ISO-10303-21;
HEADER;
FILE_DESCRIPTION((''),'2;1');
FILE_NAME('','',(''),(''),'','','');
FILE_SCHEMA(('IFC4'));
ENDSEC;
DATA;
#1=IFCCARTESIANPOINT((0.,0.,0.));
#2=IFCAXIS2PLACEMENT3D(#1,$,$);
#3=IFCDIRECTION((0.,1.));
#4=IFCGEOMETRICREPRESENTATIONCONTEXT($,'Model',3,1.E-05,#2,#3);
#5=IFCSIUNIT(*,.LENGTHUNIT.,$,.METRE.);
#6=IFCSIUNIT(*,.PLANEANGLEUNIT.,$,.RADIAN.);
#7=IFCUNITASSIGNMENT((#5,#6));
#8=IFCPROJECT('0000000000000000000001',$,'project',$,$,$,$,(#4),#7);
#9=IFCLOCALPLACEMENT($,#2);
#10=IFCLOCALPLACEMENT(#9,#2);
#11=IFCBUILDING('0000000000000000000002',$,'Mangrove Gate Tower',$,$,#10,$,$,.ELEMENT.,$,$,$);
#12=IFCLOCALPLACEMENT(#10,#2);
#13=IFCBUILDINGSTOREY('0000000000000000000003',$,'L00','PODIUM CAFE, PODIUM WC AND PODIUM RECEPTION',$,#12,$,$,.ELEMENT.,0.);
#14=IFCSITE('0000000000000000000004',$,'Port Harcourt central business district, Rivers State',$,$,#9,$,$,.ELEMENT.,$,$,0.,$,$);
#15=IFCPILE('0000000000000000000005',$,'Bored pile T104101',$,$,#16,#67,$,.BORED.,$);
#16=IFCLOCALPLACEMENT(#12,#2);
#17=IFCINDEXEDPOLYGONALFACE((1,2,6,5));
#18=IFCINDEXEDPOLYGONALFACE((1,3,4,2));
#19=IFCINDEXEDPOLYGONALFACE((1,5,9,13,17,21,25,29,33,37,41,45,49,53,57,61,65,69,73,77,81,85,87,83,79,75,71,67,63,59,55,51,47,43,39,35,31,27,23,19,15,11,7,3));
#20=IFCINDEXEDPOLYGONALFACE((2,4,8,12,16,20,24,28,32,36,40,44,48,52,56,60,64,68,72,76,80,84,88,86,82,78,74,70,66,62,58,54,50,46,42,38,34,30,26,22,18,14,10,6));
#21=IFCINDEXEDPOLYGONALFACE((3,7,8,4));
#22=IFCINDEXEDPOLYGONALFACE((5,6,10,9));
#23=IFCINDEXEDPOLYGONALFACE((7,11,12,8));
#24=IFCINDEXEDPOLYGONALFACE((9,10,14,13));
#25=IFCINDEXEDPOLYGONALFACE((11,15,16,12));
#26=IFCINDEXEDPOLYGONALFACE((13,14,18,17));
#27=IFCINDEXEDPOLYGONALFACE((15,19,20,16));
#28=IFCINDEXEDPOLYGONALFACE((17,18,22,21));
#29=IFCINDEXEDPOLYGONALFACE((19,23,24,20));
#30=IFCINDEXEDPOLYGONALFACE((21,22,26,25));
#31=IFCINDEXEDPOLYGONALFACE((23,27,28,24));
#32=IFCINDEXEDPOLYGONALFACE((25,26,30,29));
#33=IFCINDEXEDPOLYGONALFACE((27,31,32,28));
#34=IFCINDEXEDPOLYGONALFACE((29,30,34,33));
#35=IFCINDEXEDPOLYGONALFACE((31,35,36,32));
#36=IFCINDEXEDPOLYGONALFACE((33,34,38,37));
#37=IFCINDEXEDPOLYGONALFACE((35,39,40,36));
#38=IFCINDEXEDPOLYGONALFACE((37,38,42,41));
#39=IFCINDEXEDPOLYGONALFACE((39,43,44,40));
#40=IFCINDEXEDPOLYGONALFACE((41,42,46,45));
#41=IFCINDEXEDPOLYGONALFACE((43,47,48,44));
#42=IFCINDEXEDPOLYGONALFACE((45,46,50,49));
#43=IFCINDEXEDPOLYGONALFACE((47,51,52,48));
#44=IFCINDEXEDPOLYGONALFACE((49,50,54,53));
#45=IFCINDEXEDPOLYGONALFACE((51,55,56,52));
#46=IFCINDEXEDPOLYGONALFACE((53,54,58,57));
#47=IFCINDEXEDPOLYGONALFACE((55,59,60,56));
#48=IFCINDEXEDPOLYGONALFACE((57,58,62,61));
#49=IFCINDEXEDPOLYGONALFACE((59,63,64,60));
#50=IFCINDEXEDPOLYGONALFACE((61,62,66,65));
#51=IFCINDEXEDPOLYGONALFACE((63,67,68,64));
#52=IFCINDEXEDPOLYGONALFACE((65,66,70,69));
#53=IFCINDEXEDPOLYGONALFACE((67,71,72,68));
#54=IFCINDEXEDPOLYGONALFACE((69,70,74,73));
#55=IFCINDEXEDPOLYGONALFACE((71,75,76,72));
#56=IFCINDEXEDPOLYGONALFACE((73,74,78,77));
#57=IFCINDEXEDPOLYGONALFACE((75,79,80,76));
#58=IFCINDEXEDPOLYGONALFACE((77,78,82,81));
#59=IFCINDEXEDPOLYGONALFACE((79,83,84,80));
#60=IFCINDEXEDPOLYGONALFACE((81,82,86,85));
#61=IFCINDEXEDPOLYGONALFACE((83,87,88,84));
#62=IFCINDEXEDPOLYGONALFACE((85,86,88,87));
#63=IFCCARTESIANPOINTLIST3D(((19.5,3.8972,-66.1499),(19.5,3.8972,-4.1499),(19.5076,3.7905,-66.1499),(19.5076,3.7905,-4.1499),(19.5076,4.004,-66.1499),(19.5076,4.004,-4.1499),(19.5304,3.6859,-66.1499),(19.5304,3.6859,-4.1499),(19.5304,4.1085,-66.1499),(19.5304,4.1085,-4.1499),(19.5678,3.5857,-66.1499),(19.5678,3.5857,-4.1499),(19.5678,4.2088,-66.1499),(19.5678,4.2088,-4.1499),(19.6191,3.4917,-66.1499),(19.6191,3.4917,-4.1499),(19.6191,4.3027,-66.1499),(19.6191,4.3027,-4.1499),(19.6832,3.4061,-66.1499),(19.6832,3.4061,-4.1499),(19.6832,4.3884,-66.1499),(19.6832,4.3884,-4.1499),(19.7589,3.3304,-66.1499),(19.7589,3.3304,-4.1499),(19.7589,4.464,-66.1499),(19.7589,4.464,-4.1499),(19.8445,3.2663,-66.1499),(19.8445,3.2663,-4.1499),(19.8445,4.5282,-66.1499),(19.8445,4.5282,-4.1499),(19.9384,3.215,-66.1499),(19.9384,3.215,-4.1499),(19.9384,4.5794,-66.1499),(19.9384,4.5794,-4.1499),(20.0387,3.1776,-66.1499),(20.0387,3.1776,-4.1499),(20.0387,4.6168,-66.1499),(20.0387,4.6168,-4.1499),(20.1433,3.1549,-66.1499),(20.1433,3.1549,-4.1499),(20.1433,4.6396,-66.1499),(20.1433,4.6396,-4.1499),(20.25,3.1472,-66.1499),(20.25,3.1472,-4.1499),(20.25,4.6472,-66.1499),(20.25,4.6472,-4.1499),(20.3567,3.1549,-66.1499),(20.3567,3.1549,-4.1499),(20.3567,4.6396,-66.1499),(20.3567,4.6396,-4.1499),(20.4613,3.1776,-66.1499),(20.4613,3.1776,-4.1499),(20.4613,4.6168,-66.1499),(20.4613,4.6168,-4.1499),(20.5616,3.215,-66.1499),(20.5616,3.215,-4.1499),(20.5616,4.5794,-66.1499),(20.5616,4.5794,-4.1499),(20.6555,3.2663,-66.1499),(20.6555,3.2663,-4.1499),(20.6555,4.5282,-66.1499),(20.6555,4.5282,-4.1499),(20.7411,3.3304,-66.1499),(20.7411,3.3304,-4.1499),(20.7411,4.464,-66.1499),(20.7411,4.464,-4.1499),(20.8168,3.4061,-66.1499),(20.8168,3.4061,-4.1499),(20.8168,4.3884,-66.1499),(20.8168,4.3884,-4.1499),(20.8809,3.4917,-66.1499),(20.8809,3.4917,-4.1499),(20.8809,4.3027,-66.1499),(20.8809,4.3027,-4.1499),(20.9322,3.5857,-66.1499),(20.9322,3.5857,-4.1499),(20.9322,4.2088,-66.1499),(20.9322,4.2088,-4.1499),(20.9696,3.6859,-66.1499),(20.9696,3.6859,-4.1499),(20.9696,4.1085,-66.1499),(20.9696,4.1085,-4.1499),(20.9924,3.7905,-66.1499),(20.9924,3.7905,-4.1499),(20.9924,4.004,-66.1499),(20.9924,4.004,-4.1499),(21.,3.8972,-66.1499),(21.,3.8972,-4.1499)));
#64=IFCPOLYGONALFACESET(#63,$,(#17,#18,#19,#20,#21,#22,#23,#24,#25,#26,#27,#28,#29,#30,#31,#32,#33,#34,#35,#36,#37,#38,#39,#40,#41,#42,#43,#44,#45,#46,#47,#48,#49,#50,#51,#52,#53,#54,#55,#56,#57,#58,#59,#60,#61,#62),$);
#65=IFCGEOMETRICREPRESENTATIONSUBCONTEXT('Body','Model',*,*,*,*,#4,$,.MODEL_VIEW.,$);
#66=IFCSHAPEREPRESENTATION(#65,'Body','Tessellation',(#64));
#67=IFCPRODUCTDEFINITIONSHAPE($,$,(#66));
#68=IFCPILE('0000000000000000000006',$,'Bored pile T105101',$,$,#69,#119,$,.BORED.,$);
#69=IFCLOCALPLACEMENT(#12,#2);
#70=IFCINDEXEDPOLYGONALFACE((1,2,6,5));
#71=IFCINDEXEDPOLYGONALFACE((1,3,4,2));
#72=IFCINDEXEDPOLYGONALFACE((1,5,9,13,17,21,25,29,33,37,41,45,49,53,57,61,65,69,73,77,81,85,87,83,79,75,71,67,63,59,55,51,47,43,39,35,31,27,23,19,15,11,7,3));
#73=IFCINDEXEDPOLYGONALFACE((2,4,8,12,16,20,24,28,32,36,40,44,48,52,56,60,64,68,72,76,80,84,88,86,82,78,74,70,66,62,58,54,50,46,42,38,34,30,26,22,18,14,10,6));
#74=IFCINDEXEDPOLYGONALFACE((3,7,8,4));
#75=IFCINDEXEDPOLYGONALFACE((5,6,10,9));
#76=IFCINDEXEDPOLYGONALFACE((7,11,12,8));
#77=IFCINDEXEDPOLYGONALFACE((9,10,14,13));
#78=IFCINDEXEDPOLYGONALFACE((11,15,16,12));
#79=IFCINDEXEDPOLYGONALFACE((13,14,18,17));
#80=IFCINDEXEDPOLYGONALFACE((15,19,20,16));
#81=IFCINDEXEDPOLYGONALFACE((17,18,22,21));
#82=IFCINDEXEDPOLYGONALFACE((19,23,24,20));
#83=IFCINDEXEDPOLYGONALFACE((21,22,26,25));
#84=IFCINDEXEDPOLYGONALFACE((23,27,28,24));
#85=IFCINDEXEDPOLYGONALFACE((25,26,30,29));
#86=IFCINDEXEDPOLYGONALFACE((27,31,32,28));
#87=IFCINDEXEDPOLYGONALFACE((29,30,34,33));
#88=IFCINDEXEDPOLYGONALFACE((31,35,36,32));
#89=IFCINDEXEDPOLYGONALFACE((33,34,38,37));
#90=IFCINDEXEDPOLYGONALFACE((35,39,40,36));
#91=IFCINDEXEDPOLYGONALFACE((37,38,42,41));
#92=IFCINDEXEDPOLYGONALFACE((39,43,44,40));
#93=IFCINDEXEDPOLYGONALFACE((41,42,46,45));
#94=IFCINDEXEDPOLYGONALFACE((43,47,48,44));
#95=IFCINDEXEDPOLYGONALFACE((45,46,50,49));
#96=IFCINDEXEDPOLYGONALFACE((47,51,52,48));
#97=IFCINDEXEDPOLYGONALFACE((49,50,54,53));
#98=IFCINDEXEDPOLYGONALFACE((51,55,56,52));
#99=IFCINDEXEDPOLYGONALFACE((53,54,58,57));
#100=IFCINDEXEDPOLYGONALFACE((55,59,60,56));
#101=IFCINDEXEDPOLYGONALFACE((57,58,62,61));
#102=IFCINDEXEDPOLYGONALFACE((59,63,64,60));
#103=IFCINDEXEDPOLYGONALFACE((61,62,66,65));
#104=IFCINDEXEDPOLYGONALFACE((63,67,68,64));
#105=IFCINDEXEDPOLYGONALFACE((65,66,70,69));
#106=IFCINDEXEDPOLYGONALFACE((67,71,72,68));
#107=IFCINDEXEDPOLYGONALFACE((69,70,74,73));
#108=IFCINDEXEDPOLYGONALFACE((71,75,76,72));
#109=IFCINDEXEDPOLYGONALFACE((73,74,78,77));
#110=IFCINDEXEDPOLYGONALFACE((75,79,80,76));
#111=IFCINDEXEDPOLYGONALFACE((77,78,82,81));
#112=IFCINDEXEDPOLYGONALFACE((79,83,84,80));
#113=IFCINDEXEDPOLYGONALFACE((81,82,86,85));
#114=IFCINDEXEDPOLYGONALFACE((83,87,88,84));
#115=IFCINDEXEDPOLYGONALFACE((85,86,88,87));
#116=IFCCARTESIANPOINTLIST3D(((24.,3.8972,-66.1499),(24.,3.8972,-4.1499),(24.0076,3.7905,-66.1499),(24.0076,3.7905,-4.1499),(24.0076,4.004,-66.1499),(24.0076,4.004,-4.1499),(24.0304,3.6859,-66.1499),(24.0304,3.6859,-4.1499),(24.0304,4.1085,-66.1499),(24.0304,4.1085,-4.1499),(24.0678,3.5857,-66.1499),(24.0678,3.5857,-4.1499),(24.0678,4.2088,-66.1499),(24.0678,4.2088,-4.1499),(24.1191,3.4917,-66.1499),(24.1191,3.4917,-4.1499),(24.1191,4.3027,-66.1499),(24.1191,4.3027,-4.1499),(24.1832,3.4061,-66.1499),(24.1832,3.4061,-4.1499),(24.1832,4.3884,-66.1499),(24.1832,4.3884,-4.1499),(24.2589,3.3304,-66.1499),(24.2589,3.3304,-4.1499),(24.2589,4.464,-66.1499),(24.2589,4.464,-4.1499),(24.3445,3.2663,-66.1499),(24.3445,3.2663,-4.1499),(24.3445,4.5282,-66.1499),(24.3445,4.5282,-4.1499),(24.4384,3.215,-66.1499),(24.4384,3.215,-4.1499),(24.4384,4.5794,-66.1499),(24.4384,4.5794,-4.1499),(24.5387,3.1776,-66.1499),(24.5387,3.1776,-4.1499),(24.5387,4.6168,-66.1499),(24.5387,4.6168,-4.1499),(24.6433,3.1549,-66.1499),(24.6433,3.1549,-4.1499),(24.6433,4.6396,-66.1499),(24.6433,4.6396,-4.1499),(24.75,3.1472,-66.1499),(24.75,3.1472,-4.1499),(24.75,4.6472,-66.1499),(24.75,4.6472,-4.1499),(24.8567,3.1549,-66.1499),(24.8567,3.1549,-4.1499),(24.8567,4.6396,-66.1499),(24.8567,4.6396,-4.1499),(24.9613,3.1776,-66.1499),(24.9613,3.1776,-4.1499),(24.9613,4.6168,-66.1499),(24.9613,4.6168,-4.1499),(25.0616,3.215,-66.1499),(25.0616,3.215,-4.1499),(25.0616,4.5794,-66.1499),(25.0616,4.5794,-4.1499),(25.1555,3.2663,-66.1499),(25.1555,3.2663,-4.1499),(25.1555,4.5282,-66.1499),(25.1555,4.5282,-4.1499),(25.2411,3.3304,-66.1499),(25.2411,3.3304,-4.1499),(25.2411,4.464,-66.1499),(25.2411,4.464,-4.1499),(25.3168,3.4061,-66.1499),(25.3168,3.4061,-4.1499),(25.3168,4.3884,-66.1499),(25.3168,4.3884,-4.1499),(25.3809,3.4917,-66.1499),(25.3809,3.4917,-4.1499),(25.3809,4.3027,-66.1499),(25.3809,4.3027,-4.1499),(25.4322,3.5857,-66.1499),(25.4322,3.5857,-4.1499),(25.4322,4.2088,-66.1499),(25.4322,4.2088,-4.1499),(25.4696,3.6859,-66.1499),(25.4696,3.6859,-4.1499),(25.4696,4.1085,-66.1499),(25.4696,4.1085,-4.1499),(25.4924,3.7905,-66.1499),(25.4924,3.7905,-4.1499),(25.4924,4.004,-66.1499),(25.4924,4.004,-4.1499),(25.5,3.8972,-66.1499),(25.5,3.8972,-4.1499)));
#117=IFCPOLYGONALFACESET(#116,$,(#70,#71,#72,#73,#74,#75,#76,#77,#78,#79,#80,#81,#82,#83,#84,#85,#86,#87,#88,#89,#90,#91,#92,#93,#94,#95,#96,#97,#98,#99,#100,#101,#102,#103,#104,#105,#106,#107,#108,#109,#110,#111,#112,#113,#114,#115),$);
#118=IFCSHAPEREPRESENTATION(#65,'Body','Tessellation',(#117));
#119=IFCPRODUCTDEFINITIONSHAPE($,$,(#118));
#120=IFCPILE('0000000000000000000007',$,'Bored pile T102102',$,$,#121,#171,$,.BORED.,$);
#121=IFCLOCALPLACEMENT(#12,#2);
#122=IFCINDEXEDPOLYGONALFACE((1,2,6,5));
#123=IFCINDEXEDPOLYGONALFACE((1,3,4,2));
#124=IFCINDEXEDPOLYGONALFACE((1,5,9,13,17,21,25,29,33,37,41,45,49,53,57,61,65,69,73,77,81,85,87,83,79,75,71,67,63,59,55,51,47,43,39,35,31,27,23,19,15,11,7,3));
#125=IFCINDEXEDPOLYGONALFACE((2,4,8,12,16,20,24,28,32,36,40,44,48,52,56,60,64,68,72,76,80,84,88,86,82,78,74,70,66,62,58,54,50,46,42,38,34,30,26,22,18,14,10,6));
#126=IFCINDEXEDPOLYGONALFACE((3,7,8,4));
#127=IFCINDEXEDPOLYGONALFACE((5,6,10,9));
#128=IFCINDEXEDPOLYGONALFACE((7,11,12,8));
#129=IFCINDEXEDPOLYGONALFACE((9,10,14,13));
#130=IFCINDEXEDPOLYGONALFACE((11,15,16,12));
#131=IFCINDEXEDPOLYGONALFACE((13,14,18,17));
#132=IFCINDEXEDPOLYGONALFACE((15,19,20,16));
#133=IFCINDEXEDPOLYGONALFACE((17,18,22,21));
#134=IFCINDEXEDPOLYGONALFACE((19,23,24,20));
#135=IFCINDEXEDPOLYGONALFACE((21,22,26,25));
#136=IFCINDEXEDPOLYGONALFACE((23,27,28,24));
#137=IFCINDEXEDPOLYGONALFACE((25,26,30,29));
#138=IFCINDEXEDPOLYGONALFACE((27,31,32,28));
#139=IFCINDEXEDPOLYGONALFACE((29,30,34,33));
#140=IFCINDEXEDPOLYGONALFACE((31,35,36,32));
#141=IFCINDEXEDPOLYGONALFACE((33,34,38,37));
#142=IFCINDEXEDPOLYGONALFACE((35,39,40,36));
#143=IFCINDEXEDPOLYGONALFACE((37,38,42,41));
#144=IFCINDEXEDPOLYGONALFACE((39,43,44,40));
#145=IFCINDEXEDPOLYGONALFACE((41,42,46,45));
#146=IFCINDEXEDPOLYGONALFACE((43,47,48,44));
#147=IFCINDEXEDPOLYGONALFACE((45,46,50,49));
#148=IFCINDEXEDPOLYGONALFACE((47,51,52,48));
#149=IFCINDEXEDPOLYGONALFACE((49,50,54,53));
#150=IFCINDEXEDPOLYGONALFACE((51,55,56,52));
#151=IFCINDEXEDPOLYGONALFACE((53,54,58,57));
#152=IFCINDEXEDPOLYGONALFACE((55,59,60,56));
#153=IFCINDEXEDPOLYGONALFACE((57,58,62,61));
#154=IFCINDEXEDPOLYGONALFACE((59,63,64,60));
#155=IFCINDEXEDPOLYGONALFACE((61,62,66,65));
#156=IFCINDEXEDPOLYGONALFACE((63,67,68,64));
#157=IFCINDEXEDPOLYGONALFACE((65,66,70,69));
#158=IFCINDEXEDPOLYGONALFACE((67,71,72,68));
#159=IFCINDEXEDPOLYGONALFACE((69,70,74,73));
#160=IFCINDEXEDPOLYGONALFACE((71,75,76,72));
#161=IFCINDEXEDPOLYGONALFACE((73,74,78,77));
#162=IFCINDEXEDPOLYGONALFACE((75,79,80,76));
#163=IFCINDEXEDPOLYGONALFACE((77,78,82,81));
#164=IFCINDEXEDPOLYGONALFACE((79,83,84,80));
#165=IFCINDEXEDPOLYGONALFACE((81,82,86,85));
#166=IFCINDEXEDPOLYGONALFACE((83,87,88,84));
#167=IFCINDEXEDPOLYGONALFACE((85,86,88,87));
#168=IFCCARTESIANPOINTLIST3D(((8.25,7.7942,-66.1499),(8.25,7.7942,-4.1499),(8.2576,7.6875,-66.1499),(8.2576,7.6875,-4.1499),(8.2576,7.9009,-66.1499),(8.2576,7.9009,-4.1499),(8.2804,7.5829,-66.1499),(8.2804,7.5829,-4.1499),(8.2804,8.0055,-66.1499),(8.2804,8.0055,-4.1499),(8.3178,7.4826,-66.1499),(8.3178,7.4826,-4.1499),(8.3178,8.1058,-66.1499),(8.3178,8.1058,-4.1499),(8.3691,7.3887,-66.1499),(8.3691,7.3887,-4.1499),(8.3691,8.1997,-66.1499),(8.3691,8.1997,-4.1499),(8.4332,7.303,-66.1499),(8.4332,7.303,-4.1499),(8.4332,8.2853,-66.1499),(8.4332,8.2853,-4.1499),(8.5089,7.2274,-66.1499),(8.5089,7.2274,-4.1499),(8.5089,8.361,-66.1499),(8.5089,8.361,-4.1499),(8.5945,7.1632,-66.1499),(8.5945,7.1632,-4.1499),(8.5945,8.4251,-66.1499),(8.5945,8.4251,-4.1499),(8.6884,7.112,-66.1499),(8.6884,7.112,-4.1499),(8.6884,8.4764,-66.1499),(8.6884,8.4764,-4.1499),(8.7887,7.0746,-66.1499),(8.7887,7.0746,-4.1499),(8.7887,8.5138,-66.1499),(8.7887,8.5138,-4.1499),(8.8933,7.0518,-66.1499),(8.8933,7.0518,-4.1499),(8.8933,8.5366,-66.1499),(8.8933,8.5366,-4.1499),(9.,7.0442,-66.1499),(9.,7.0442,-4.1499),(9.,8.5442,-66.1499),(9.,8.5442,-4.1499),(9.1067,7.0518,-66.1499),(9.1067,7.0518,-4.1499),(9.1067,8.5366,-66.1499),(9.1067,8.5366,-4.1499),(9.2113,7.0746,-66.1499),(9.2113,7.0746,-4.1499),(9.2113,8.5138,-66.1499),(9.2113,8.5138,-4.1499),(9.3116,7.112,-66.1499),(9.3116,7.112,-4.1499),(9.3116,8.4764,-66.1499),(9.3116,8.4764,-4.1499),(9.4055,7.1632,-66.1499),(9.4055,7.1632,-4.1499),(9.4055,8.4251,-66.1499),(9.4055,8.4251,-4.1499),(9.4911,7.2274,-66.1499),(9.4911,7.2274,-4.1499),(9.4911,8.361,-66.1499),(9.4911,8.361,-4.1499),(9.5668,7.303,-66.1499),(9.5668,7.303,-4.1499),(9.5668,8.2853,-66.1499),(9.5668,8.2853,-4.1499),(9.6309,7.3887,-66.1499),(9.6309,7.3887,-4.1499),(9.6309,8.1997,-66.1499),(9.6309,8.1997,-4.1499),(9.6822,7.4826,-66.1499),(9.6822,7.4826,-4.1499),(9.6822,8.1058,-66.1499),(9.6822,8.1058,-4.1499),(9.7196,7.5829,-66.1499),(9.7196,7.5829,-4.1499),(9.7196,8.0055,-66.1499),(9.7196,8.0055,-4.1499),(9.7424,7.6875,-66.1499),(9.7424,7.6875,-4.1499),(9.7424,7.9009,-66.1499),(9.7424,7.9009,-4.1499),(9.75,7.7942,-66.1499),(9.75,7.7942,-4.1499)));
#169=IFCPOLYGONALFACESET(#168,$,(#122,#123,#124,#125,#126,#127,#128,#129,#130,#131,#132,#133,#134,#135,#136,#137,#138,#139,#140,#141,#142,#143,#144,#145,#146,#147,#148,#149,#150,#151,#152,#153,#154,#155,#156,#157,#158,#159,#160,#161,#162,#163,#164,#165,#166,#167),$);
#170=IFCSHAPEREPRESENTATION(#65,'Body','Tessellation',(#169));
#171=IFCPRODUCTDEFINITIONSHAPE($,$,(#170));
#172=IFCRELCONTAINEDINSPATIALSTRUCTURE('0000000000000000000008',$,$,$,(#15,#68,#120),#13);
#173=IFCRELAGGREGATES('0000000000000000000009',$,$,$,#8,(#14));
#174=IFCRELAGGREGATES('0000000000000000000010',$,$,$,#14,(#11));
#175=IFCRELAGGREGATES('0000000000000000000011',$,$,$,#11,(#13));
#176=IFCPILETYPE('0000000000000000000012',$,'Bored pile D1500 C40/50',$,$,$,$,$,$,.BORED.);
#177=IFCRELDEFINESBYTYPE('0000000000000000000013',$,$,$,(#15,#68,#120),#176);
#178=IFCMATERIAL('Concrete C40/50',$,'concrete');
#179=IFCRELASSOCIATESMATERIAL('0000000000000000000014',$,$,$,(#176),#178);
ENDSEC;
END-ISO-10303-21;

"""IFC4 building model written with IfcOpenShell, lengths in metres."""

from ifc_helpers import new_model, si_unit, direction, frame, origin, origin_2d, place, context, subcontext, project, spatial, circle, extrude, material, material_profile, profile_set, type_object, element, save


model = new_model("IFC4")

# Units and contexts
model_context = context("Model", 3, precision=1e-05, world=origin(), true_north=direction((0.0, 1.0)))
body_context = subcontext(model_context, "Body", "Model", "MODEL_VIEW")
ifc_project = project(units=[si_unit("LENGTHUNIT", "METRE"), si_unit("PLANEANGLEUNIT", "RADIAN")], contexts=[model_context])

# Site, building, storey
site_placement = place(None, origin())
site = spatial("IfcSite", under=ifc_project, at=site_placement, Name="Port Harcourt central business district, Rivers State", CompositionType="ELEMENT", RefElevation=0.0)
building_placement = place(site_placement, origin())
building = spatial("IfcBuilding", under=site, at=building_placement, Name="Mangrove Gate Tower", CompositionType="ELEMENT")
storey_placement = place(building_placement, origin())
storey = spatial("IfcBuildingStorey", under=building, at=storey_placement, Name="L00", Description="PODIUM CAFE, PODIUM WC AND PODIUM RECEPTION", CompositionType="ELEMENT", Elevation=0.0)

# Piles
ifc_material_1 = material(Name="Concrete C40/50", Category="concrete")
ifc_material_profile_1 = material_profile(ifc_material_1, circle(Radius=0.75, at=origin_2d()))
ifc_profile_set_1 = profile_set([ifc_material_profile_1], Name="Concrete C40/50")
pile_type = type_object("IfcPileType", Name="Bored pile D1500 C40/50", PredefinedType="BORED", material=ifc_profile_set_1)
for number, where, z_axis, x_axis, name in (
    (1, (20.25, 3.8972, -4.1499), (0.0, 0.0, -1.0), (1.0, 0.0, 0.0), "Bored pile T104101"),
    (2, (24.75, 3.8972, -4.1499), (0.0, 0.0, -1.0), (1.0, 0.0, 0.0), "Bored pile T105101"),
    (3, (9.0, 7.7942, -4.1499), (0.0, 0.0, -1.0), (1.0, 0.0, 0.0), "Bored pile T102102"),
):
    element("IfcPile", number, at=place(storey_placement, frame(where, z_axis=z_axis, x_axis=x_axis)), inside=storey, type_object=pile_type, Name=name, PredefinedType="BORED", context=body_context, shape_type="SweptSolid", body=[
        extrude(circle(Radius=0.75, at=origin_2d()), origin(), (0.0, 0.0, 1.0), 62.0),
    ])

save(model, "model.ifc")
